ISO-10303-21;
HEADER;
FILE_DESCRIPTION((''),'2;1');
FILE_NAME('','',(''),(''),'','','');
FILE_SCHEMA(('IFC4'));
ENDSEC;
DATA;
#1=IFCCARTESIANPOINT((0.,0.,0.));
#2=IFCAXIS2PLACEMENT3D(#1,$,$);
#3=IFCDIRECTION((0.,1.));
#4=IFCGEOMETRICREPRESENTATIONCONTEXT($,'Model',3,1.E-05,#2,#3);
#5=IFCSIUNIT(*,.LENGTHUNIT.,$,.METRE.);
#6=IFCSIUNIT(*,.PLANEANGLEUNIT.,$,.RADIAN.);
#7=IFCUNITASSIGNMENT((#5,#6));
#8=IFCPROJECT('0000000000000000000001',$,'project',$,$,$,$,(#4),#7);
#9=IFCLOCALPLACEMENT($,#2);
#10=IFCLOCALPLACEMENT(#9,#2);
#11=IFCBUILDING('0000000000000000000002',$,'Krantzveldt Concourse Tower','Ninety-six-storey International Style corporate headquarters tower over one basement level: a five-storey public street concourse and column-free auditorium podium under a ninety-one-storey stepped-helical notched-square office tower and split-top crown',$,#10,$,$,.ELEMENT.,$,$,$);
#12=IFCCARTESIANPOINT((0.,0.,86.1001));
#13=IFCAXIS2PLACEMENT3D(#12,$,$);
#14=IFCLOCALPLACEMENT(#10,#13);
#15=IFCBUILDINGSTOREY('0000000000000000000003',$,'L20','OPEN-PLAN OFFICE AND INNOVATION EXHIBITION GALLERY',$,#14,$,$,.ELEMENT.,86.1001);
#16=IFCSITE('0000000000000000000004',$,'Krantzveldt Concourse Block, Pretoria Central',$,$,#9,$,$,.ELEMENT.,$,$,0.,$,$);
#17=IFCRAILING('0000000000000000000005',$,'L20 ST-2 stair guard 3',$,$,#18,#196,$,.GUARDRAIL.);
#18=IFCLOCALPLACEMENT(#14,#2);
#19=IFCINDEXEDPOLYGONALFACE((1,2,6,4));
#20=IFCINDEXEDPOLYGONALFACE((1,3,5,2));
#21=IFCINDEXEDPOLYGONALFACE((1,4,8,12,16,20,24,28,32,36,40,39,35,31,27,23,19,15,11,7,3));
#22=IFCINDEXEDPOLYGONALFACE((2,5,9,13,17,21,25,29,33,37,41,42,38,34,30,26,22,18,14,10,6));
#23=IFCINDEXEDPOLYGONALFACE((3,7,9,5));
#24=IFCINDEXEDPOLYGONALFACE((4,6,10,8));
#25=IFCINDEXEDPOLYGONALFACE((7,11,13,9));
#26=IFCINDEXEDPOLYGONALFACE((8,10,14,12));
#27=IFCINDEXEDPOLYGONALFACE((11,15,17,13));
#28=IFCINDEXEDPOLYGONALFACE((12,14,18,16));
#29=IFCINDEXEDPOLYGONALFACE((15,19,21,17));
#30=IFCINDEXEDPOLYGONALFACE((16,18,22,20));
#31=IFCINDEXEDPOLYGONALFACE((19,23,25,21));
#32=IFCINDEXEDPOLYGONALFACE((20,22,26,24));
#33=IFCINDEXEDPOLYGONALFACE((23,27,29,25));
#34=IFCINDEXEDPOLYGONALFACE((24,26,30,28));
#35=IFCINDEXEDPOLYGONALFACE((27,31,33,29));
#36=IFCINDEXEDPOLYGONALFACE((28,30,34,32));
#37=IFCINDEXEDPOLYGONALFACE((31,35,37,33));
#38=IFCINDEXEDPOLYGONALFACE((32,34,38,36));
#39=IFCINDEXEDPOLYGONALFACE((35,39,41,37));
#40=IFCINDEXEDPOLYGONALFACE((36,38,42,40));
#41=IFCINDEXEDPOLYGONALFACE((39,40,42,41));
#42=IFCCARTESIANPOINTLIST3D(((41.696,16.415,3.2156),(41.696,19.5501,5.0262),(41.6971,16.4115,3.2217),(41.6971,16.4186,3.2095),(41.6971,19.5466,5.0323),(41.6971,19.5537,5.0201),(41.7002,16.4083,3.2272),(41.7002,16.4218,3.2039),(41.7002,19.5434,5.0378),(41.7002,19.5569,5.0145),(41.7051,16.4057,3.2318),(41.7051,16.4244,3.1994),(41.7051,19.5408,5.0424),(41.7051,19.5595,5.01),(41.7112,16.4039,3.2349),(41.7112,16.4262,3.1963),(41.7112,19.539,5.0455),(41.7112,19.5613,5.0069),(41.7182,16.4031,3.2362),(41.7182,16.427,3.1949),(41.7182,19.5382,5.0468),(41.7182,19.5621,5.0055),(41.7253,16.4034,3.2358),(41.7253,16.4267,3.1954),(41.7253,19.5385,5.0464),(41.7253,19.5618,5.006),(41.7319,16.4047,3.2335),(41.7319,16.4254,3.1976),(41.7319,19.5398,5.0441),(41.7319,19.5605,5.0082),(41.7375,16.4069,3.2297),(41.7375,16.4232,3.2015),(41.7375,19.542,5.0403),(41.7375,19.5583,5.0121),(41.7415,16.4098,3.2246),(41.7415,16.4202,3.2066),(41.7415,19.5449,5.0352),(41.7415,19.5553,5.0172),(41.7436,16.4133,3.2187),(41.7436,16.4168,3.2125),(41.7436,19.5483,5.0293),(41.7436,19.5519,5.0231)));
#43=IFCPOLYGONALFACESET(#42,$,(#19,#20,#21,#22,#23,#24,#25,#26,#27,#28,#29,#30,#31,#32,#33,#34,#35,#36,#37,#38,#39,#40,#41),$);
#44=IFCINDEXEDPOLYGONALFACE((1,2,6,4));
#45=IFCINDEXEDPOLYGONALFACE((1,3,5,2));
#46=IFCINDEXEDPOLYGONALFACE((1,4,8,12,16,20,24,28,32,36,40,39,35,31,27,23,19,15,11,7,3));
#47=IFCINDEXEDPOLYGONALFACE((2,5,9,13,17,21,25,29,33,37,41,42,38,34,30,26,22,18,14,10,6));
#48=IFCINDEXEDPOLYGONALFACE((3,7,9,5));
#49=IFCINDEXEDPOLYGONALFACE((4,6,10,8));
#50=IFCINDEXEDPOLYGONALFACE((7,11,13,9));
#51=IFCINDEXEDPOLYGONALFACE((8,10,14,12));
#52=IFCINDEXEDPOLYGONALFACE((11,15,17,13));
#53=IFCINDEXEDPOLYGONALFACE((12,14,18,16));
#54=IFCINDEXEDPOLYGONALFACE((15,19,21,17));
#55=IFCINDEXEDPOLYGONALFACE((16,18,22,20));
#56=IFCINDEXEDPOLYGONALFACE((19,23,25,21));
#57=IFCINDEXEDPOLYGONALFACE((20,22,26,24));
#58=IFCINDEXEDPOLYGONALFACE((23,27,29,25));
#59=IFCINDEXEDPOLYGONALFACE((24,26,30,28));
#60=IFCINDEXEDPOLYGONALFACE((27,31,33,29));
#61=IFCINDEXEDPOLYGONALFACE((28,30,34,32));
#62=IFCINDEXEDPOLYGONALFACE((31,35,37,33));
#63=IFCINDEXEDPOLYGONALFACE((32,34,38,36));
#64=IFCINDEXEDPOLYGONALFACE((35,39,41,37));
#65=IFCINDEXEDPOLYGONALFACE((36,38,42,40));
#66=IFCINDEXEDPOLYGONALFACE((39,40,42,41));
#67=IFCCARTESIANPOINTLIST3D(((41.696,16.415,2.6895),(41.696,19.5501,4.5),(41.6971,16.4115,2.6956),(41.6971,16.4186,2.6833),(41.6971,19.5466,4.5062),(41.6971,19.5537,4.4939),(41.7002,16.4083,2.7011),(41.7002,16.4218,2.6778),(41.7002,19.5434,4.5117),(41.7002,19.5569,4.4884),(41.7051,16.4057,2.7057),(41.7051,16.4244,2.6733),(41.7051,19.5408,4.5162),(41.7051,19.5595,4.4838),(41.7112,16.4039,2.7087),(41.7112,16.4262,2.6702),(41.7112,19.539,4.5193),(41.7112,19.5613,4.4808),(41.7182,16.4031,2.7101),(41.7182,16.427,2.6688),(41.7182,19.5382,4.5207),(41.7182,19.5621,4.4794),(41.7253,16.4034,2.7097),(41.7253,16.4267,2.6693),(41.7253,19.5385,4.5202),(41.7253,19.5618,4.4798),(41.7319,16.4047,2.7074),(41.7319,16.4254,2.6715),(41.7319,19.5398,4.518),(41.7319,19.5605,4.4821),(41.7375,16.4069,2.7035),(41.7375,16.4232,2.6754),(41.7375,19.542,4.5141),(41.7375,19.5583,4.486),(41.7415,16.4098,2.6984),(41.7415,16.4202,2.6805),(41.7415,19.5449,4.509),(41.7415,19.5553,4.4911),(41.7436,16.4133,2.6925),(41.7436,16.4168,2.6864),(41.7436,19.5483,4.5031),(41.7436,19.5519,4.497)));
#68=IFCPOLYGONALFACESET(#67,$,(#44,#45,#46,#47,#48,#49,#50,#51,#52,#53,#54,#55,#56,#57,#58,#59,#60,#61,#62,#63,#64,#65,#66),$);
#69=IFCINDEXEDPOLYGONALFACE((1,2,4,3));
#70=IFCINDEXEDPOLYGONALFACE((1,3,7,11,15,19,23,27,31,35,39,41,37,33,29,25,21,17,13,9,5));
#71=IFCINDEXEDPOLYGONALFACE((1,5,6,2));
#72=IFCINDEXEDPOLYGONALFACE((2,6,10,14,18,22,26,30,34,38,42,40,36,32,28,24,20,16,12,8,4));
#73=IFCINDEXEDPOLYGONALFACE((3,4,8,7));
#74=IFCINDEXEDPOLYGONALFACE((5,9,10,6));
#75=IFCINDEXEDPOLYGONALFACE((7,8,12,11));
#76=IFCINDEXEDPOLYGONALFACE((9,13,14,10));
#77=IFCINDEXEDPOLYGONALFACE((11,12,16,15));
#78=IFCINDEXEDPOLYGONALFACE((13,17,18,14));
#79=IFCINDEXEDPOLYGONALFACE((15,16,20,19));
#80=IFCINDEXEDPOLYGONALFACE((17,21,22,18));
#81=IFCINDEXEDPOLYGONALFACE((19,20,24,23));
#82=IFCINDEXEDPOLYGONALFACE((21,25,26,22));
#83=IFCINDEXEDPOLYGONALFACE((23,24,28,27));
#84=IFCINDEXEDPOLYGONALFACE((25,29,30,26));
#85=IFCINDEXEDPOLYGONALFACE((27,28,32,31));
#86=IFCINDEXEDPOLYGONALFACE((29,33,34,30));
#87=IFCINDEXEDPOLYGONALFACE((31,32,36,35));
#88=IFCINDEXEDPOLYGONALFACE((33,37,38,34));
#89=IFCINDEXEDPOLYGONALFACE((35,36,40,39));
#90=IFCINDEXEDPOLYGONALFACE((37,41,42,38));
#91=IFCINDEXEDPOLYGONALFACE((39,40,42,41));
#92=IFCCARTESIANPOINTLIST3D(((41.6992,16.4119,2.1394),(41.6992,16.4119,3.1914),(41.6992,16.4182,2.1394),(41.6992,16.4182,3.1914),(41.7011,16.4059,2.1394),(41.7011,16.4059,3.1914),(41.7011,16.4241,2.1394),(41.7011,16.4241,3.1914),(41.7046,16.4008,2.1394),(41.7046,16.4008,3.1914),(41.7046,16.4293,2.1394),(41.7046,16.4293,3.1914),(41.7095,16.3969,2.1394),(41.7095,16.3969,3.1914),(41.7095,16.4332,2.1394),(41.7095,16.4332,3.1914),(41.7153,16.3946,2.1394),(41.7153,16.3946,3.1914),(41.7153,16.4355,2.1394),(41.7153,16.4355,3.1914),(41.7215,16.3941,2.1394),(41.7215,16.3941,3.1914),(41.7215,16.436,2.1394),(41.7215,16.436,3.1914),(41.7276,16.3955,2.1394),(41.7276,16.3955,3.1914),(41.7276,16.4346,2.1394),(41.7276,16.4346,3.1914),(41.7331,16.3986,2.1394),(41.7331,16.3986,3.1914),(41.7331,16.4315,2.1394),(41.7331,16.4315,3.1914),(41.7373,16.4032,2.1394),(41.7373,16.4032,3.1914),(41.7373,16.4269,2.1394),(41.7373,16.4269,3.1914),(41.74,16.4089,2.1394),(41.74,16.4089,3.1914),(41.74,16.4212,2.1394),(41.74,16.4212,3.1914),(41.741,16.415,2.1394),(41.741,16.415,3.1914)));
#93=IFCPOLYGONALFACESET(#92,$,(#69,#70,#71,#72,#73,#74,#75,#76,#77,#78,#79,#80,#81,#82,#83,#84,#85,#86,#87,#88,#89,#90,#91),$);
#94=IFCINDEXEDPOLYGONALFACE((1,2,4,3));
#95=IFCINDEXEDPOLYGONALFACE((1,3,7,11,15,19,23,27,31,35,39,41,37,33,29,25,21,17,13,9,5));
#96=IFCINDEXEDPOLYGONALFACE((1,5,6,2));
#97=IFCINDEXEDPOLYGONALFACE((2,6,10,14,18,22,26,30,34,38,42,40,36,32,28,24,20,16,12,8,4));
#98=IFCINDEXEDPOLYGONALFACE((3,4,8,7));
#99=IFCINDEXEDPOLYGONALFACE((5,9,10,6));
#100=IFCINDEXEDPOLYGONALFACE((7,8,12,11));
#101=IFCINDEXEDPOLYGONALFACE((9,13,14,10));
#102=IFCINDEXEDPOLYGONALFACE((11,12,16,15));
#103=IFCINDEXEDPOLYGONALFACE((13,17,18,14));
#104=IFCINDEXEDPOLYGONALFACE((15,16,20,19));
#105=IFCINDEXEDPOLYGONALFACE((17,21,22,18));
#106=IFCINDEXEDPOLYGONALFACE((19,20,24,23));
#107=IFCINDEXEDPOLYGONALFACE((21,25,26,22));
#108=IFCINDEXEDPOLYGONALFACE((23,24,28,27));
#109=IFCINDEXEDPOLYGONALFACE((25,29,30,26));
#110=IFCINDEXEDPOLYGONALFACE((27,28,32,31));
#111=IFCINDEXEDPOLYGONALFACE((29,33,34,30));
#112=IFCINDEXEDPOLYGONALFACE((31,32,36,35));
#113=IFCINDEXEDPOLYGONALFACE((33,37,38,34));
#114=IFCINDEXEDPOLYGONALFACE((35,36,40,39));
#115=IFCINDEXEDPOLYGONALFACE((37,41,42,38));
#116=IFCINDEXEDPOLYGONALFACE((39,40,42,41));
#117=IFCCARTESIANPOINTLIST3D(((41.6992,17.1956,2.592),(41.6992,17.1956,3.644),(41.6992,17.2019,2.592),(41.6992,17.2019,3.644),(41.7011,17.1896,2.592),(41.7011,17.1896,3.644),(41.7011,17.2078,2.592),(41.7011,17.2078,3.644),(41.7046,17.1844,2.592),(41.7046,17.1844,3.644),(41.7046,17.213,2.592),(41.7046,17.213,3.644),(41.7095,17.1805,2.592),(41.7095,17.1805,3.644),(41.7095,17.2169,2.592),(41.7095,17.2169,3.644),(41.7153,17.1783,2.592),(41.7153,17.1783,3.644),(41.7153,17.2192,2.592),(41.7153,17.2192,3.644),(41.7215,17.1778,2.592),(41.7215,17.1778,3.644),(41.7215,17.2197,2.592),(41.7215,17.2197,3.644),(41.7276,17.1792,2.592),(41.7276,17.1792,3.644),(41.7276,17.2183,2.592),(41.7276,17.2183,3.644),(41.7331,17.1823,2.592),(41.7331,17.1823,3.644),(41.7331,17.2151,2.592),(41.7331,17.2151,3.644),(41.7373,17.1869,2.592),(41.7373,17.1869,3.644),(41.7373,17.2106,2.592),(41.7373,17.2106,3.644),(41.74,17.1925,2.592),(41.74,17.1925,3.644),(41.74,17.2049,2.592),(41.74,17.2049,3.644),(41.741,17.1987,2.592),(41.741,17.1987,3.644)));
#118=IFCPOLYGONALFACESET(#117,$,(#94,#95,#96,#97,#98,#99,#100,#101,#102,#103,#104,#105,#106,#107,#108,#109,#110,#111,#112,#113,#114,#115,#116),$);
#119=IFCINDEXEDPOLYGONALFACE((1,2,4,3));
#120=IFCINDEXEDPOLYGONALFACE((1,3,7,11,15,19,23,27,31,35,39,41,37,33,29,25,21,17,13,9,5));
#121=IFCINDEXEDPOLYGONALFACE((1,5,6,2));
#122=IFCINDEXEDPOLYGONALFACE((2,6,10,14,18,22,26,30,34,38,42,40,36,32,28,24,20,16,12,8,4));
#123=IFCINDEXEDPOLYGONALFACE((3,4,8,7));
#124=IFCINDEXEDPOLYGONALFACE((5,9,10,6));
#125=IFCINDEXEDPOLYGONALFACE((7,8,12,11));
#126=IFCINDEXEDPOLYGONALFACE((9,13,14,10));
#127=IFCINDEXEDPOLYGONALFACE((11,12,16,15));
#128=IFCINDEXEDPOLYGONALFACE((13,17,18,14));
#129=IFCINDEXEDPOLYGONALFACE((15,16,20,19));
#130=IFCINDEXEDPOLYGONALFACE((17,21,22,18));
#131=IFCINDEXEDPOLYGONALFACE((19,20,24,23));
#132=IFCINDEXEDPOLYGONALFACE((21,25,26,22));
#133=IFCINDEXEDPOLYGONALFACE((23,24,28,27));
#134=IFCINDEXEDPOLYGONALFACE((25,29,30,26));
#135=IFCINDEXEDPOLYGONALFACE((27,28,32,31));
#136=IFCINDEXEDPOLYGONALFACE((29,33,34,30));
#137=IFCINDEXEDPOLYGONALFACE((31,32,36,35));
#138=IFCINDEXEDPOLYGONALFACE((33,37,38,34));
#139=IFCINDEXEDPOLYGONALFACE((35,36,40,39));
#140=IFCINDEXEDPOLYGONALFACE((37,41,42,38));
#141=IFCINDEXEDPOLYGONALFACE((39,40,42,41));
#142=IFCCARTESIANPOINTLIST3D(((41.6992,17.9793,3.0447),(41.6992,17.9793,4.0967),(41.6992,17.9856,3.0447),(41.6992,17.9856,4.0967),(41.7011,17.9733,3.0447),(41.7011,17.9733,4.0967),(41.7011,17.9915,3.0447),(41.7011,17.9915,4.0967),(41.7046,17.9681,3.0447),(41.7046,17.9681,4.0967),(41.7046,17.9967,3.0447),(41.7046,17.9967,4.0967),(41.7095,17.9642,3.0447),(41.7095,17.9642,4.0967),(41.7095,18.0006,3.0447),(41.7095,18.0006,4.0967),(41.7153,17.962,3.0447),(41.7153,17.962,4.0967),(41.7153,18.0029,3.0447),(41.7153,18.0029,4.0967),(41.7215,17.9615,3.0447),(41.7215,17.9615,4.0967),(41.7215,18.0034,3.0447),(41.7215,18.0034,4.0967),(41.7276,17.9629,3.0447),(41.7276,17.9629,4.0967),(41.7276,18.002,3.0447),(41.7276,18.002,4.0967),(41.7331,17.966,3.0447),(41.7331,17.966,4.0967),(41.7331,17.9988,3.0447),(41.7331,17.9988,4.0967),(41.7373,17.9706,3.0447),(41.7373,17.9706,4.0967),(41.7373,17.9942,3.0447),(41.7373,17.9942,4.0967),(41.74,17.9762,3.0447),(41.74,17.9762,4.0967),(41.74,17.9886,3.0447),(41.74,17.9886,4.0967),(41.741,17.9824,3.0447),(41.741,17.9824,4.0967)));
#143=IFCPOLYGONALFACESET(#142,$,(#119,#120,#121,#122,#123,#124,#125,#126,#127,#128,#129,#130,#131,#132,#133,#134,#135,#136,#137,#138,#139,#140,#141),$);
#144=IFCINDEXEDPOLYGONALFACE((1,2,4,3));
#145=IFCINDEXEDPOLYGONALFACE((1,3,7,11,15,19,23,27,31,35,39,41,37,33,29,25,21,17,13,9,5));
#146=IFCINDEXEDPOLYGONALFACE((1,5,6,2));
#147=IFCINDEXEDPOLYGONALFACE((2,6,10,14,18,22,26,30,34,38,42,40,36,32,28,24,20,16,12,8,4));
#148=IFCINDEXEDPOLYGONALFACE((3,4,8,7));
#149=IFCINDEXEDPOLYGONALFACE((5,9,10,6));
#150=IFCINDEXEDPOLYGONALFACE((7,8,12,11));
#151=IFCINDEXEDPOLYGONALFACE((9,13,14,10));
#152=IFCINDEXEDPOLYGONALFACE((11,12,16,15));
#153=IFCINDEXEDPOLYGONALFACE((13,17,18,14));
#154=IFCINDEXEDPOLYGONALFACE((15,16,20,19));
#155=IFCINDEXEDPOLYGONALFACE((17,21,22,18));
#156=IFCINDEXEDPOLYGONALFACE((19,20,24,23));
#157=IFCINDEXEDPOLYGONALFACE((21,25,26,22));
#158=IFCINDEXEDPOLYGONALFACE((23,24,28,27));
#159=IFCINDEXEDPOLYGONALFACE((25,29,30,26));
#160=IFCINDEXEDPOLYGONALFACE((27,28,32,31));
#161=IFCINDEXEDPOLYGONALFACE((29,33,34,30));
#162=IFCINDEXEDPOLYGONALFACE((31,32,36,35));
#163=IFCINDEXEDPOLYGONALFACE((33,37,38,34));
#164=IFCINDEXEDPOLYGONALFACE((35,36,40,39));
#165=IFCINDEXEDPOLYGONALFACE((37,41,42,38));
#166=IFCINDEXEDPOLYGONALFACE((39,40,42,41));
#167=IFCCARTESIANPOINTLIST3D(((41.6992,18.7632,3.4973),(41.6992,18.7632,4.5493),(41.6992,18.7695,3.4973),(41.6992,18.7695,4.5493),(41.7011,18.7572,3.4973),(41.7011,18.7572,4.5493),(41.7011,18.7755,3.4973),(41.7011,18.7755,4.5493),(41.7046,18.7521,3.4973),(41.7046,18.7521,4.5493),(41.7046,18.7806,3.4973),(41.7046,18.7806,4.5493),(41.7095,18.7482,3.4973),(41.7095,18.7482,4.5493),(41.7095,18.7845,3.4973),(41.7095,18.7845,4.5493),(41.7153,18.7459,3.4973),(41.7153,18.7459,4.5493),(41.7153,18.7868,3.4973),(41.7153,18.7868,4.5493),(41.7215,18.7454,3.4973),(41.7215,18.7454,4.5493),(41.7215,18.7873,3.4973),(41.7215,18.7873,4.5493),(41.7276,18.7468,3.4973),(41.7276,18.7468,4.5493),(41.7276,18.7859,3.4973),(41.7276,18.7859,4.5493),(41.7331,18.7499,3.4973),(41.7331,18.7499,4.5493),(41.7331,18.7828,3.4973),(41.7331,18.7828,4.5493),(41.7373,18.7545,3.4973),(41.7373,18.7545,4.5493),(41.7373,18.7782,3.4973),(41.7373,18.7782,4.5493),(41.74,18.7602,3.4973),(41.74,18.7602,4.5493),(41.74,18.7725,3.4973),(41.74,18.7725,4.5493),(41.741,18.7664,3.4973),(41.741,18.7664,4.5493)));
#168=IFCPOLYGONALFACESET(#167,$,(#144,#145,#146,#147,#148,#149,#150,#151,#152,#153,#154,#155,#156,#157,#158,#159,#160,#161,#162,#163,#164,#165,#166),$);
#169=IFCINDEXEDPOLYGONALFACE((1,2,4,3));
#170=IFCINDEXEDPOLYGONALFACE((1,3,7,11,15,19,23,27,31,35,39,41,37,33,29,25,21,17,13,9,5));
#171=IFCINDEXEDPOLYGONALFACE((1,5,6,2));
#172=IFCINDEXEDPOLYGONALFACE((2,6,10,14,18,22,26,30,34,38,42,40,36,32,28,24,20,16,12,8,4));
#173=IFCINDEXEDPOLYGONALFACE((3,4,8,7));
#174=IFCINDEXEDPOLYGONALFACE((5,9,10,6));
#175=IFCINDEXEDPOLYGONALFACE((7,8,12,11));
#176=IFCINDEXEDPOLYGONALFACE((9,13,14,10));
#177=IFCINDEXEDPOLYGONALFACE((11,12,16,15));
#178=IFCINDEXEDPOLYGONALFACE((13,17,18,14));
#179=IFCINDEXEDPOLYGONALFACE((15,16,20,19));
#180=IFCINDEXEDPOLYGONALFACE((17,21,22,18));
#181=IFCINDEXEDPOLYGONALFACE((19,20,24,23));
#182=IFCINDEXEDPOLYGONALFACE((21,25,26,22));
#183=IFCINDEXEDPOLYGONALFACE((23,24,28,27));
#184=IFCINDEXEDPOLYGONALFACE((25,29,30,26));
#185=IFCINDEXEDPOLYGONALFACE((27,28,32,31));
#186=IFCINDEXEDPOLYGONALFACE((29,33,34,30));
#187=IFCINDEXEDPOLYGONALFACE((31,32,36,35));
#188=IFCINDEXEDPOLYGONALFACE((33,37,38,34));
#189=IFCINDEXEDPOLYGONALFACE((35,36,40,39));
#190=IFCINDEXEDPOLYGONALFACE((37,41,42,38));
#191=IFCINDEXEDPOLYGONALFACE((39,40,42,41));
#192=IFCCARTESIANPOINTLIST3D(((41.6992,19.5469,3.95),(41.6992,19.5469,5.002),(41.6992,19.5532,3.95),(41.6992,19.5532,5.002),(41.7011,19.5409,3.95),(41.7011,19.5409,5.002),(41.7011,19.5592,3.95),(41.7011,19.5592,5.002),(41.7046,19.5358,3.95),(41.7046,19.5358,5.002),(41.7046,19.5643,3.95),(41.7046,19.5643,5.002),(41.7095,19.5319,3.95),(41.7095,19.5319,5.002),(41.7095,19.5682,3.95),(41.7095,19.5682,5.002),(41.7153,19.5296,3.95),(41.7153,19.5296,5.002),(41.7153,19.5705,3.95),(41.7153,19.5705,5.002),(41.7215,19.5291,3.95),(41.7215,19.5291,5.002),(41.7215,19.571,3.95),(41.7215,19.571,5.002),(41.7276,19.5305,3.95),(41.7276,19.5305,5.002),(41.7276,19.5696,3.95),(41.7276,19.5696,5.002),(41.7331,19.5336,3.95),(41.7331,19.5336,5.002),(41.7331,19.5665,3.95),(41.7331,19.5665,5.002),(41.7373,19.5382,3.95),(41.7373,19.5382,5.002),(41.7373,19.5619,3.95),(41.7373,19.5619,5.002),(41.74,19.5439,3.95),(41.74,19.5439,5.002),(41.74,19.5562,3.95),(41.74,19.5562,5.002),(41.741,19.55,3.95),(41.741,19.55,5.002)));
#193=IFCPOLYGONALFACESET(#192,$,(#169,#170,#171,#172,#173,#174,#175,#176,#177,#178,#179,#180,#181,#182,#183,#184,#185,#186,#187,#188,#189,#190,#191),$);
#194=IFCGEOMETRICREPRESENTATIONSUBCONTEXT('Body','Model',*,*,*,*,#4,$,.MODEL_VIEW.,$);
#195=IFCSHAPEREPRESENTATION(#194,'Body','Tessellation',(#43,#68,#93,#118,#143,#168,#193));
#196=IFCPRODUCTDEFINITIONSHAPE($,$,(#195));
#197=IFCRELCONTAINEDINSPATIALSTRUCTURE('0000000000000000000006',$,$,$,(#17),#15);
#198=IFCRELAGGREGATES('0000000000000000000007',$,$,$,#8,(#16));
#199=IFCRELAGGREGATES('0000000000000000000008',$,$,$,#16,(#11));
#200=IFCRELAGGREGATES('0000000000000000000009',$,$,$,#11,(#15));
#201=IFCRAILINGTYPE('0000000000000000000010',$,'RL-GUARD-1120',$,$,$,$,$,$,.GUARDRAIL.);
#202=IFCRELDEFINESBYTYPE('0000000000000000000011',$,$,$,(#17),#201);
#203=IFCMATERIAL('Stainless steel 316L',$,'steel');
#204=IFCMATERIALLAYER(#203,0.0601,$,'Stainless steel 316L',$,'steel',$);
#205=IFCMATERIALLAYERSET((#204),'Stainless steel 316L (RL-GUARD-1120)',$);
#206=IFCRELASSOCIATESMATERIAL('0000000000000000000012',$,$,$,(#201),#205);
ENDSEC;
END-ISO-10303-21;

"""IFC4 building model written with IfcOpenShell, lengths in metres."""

from ifc_helpers import new_model, si_unit, direction, frame, origin, origin_2d, place, context, subcontext, project, spatial, circle, extrude, material, layer, layer_set, type_object, element, save


model = new_model("IFC4")

# Units and contexts
model_context = context("Model", 3, precision=1e-05, world=origin(), true_north=direction((0.0, 1.0)))
body_context = subcontext(model_context, "Body", "Model", "MODEL_VIEW")
ifc_project = project(units=[si_unit("LENGTHUNIT", "METRE"), si_unit("PLANEANGLEUNIT", "RADIAN")], contexts=[model_context])

# Site, building, storey
site_placement = place(None, origin())
site = spatial("IfcSite", under=ifc_project, at=site_placement, Name="Krantzveldt Concourse Block, Pretoria Central", CompositionType="ELEMENT", RefElevation=0.0)
building_placement = place(site_placement, origin())
building = spatial("IfcBuilding", under=site, at=building_placement, Name="Krantzveldt Concourse Tower", Description="Ninety-six-storey International Style corporate headquarters tower over one basement level: a five-storey public street concourse and column-free auditorium podium under a ninety-one-storey stepped-helical notched-square office tower and split-top crown", CompositionType="ELEMENT")
storey_placement = place(building_placement, frame((0.0, 0.0, 86.1001)))
storey = spatial("IfcBuildingStorey", under=building, at=storey_placement, Name="L20", Description="OPEN-PLAN OFFICE AND INNOVATION EXHIBITION GALLERY", CompositionType="ELEMENT", Elevation=86.1001)

# Shared definitions
ifc_material_1 = material(Name="Stainless steel 316L", Category="steel")

# Railing
ifc_layer_1 = layer(ifc_material_1, 0.0601, Name="Stainless steel 316L", Category="steel")
ifc_layer_set_1 = layer_set([ifc_layer_1], Name="Stainless steel 316L (RL-GUARD-1120)")
railing_type_1 = type_object("IfcRailingType", Name="RL-GUARD-1120", PredefinedType="GUARDRAIL", material=ifc_layer_set_1)
railing_1_placement = place(storey_placement, frame((41.72, 16.415, 2.1394)))
element("IfcRailing", 1, at=railing_1_placement, inside=storey, type_object=railing_type_1, Name="L20 ST-2 stair guard 3", PredefinedType="GUARDRAIL", context=body_context, shape_type="SweptSolid", body=[
    extrude(circle(Radius=0.0239, at=origin_2d()), frame((0.0, 0.0, 1.0762), z_axis=(0.0, 0.86596, 0.500114), x_axis=(-1.0, 0.0, 0.0)), (0.0, 0.0, 1.0), 3.6204),
    extrude(circle(Radius=0.0239, at=origin_2d()), frame((0.0, 0.0, 0.55), z_axis=(0.0, 0.86596, 0.500114), x_axis=(-1.0, 0.0, 0.0)), (0.0, 0.0, 1.0), 3.6204),
    extrude(circle(Radius=0.021, at=origin_2d()), origin(), (0.0, 0.0, 1.0), 1.052),
    extrude(circle(Radius=0.021, at=origin_2d()), frame((0.0, 0.7837, 0.4526)), (0.0, 0.0, 1.0), 1.052),
    extrude(circle(Radius=0.021, at=origin_2d()), frame((0.0, 1.5674, 0.9053)), (0.0, 0.0, 1.0), 1.052),
    extrude(circle(Radius=0.021, at=origin_2d()), frame((0.0, 2.3513, 1.3579)), (0.0, 0.0, 1.0), 1.052),
    extrude(circle(Radius=0.021, at=origin_2d()), frame((0.0, 3.135, 1.8105)), (0.0, 0.0, 1.0), 1.052),
])

save(model, "model.ifc")
